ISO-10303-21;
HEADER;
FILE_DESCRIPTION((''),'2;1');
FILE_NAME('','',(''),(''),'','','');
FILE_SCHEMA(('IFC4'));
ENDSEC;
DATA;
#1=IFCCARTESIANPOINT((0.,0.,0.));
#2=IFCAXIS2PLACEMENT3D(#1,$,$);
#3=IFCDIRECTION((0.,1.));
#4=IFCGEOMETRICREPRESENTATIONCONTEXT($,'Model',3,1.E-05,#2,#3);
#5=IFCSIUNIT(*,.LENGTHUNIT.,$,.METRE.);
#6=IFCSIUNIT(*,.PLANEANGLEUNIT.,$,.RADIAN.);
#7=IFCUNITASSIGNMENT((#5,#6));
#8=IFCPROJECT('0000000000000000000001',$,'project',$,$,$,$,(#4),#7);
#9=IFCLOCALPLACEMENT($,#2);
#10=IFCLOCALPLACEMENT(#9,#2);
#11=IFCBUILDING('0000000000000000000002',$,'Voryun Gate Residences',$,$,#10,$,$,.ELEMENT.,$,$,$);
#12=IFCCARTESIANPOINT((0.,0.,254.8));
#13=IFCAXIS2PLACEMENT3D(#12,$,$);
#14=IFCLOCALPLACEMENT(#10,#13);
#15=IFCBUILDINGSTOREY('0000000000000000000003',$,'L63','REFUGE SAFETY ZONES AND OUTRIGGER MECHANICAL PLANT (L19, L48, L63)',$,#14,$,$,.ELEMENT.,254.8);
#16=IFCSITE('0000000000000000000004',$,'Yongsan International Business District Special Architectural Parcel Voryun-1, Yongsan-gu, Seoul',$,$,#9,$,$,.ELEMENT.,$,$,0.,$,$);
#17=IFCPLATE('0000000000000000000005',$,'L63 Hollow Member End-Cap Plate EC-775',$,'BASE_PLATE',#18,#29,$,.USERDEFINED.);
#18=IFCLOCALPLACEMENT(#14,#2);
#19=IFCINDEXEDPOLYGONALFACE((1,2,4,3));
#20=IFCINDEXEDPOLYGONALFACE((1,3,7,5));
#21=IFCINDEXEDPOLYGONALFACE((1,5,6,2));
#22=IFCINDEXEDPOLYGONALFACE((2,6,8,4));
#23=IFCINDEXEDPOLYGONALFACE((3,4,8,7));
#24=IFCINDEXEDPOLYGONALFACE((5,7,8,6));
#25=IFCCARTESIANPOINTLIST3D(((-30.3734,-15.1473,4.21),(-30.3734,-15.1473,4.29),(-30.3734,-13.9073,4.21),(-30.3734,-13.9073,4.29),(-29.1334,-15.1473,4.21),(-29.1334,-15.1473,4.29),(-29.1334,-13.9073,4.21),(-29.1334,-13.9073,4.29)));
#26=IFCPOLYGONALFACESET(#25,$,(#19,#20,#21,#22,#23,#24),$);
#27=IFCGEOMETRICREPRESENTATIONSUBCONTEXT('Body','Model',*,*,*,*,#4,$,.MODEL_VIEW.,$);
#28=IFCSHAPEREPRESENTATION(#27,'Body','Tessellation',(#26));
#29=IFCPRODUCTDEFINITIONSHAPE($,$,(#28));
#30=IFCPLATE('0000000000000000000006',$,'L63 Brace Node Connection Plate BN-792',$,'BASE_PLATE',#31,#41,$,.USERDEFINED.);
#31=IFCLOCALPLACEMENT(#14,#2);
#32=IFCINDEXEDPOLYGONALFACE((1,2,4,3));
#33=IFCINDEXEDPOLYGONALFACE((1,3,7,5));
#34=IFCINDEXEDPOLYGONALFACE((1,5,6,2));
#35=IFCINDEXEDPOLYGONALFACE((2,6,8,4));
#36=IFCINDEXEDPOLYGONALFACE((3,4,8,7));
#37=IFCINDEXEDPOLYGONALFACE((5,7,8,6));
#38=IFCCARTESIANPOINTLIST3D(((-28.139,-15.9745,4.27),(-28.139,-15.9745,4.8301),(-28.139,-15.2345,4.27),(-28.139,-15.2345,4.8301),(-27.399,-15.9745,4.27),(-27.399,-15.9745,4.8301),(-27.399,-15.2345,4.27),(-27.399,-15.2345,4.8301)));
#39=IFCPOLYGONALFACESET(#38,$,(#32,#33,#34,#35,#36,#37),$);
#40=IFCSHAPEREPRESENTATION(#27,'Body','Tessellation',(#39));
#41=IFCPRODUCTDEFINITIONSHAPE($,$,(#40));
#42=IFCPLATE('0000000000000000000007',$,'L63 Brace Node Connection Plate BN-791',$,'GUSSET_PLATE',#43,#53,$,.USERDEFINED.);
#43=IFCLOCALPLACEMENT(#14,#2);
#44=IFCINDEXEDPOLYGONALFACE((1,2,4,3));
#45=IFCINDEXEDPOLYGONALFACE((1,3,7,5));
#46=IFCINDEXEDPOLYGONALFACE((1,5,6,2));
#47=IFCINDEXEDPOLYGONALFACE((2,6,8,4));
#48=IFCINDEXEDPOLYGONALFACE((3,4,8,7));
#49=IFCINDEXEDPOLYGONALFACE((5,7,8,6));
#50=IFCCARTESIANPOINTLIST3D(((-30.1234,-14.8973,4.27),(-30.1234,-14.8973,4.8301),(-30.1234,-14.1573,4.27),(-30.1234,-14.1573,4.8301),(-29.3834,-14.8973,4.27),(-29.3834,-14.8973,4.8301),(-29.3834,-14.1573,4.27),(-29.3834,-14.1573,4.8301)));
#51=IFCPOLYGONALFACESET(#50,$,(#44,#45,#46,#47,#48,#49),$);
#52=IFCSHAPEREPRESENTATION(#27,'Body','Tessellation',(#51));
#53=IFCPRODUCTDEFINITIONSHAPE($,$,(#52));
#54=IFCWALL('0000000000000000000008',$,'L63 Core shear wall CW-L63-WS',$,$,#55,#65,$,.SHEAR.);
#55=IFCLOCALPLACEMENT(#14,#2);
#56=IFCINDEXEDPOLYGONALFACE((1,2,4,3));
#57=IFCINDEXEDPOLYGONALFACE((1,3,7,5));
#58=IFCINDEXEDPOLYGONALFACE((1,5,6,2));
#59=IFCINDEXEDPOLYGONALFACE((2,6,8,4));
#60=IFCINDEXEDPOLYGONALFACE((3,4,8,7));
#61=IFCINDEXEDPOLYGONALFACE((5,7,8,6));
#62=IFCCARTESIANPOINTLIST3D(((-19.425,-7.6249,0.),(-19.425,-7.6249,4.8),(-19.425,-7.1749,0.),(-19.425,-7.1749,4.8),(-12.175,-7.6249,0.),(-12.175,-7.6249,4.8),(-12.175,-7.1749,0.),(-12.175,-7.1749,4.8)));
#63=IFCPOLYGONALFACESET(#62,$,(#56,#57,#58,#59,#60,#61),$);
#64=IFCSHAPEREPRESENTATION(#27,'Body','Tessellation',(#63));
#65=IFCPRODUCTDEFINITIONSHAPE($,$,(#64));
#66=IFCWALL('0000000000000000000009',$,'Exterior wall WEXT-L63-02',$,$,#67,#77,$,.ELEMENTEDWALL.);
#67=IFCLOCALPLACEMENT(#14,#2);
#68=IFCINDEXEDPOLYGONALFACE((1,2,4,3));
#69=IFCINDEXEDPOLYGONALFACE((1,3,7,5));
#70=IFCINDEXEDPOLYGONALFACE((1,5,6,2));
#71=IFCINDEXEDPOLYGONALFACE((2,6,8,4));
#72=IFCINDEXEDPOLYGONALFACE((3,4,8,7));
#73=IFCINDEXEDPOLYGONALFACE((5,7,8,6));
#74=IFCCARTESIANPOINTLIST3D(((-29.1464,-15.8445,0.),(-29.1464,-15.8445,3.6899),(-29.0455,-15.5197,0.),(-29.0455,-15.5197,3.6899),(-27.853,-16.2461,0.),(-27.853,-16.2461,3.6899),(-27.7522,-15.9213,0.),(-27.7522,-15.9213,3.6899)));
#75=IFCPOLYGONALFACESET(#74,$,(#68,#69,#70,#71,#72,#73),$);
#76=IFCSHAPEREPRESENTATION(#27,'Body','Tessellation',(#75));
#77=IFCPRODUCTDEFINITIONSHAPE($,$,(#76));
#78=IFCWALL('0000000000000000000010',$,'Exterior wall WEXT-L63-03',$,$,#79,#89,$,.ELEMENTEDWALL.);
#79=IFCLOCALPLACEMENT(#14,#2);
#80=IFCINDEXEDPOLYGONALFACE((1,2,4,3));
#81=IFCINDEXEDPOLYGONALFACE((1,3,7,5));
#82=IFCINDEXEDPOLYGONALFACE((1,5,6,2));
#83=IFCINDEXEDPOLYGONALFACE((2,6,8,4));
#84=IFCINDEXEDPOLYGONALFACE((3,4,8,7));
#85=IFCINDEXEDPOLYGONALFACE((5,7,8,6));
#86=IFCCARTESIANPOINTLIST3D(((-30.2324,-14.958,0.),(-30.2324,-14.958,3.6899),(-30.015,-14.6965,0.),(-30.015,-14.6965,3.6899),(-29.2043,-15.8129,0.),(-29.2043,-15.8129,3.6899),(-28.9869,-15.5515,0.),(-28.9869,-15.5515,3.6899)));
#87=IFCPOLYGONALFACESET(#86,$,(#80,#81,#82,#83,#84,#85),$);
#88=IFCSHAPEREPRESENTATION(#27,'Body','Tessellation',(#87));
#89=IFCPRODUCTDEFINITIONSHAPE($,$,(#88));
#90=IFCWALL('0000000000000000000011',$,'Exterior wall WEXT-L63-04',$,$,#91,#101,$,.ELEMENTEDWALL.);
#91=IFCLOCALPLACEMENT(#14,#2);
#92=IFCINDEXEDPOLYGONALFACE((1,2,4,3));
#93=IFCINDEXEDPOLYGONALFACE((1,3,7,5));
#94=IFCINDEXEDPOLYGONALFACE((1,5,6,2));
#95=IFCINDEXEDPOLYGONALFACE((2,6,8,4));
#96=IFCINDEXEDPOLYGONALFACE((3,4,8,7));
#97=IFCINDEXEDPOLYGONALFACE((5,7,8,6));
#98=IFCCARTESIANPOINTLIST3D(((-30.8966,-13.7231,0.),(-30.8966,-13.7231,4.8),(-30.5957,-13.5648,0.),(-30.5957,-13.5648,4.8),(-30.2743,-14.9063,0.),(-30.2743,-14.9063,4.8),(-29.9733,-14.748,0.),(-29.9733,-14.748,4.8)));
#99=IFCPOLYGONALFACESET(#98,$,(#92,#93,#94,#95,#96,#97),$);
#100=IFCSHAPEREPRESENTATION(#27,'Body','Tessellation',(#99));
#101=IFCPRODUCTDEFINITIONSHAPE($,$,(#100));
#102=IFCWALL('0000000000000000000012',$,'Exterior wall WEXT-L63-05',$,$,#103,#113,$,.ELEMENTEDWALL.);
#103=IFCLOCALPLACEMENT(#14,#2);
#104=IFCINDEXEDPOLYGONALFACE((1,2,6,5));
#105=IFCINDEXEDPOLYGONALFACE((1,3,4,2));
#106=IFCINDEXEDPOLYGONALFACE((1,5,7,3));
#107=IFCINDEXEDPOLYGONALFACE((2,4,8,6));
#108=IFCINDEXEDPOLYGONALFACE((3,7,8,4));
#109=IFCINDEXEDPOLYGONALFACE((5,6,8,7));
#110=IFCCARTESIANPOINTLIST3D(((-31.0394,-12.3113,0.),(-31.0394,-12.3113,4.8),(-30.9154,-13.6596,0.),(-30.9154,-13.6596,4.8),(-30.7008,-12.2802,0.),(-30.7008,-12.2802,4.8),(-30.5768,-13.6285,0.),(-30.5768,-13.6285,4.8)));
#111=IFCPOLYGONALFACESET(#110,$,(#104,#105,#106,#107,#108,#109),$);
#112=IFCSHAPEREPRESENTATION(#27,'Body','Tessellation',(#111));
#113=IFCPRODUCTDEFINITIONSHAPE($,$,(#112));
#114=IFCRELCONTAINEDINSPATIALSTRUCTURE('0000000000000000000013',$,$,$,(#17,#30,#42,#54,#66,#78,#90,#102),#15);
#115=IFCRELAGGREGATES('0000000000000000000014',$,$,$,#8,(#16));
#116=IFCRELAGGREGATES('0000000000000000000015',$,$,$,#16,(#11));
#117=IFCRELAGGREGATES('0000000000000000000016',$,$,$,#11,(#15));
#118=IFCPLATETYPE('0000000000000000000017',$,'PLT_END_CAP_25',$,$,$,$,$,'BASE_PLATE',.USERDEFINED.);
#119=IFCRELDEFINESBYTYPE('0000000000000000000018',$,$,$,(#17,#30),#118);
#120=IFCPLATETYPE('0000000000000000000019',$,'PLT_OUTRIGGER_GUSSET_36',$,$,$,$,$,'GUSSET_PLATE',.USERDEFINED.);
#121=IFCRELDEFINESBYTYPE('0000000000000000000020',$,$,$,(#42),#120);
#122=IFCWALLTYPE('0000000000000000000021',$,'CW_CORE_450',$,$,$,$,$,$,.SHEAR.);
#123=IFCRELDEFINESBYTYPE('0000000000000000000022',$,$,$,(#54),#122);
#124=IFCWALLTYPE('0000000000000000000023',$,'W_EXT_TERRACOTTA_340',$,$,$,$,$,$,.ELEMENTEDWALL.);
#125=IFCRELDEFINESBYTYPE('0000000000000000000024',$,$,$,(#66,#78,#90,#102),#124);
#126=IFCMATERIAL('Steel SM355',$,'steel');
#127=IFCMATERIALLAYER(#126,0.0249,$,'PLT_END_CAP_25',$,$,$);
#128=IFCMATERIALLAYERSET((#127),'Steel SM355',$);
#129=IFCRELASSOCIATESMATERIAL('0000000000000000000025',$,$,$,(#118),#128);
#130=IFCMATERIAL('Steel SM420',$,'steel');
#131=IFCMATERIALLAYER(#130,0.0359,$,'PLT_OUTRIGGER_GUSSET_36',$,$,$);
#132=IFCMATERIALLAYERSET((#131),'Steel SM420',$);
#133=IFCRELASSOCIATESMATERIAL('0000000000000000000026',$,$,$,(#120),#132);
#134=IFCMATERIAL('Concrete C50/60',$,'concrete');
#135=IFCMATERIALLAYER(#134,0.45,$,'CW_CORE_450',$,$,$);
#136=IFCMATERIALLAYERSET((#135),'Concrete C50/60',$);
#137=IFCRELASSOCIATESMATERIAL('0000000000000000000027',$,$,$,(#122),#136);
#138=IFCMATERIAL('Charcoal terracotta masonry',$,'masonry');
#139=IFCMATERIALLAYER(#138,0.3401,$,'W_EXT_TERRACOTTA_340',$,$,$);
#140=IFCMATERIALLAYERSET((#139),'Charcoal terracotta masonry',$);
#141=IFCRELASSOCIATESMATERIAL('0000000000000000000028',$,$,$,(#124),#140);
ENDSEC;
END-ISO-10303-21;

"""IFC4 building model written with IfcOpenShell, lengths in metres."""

from ifc_helpers import new_model, si_unit, direction, frame, frame_2d, origin, origin_2d, place, context, subcontext, project, spatial, rectangle, extrude, material, layer, layer_set, type_object, element, save


model = new_model("IFC4")

# Units and contexts
model_context = context("Model", 3, precision=1e-05, world=origin(), true_north=direction((0.0, 1.0)))
body_context = subcontext(model_context, "Body", "Model", "MODEL_VIEW")
ifc_project = project(units=[si_unit("LENGTHUNIT", "METRE"), si_unit("PLANEANGLEUNIT", "RADIAN")], contexts=[model_context])

# Site, building, storey
site_placement = place(None, origin())
site = spatial("IfcSite", under=ifc_project, at=site_placement, Name="Yongsan International Business District Special Architectural Parcel Voryun-1, Yongsan-gu, Seoul", CompositionType="ELEMENT", RefElevation=0.0)
building_placement = place(site_placement, origin())
building = spatial("IfcBuilding", under=site, at=building_placement, Name="Voryun Gate Residences", CompositionType="ELEMENT")
storey_placement = place(building_placement, frame((0.0, 0.0, 254.8)))
storey = spatial("IfcBuildingStorey", under=building, at=storey_placement, Name="L63", Description="REFUGE SAFETY ZONES AND OUTRIGGER MECHANICAL PLANT (L19, L48, L63)", CompositionType="ELEMENT", Elevation=254.8)

# Plates
ifc_material_1 = material(Name="Steel SM355", Category="steel")
ifc_layer_1 = layer(ifc_material_1, 0.0249, Name="PLT_END_CAP_25")
ifc_layer_set_1 = layer_set([ifc_layer_1], Name="Steel SM355")
plate_type_1 = type_object("IfcPlateType", Name="PLT_END_CAP_25", ElementType="BASE_PLATE", PredefinedType="USERDEFINED", material=ifc_layer_set_1)
for number, where, z_axis, x_axis, name in (
    (1, (-29.7534, -14.5273, 4.21), (0.0, 0.0, 1.0), (1.0, 0.0, 0.0), "L63 Hollow Member End-Cap Plate EC-775"),
):
    element("IfcPlate", number, at=place(storey_placement, frame(where, z_axis=z_axis, x_axis=x_axis)), inside=storey, type_object=plate_type_1, Name=name, ObjectType="BASE_PLATE", PredefinedType="USERDEFINED", context=body_context, shape_type="SweptSolid", body=[
        extrude(rectangle(XDim=1.24, YDim=1.24, at=origin_2d()), origin(), (0.0, 0.0, 1.0), 0.0801),
    ])
plate_1_placement = place(storey_placement, frame((-27.769, -15.6045, 4.27), z_axis=(0.0, 0.0, 1.0), x_axis=(1.0, 0.0, 0.0)))
element("IfcPlate", 2, at=plate_1_placement, inside=storey, type_object=plate_type_1, Name="L63 Brace Node Connection Plate BN-792", ObjectType="BASE_PLATE", PredefinedType="USERDEFINED", context=body_context, shape_type="SweptSolid", body=[
    extrude(rectangle(XDim=0.74, YDim=0.74, at=origin_2d()), origin(), (0.0, 0.0, 1.0), 0.5601),
])
ifc_material_2 = material(Name="Steel SM420", Category="steel")
ifc_layer_2 = layer(ifc_material_2, 0.0359, Name="PLT_OUTRIGGER_GUSSET_36")
ifc_layer_set_2 = layer_set([ifc_layer_2], Name="Steel SM420")
plate_type_2 = type_object("IfcPlateType", Name="PLT_OUTRIGGER_GUSSET_36", ElementType="GUSSET_PLATE", PredefinedType="USERDEFINED", material=ifc_layer_set_2)
plate_2_placement = place(storey_placement, frame((-29.7534, -14.5273, 4.27), z_axis=(0.0, 0.0, 1.0), x_axis=(1.0, 0.0, 0.0)))
element("IfcPlate", 3, at=plate_2_placement, inside=storey, type_object=plate_type_2, Name="L63 Brace Node Connection Plate BN-791", ObjectType="GUSSET_PLATE", PredefinedType="USERDEFINED", context=body_context, shape_type="SweptSolid", body=[
    extrude(rectangle(XDim=0.74, YDim=0.74, at=origin_2d()), origin(), (0.0, 0.0, 1.0), 0.5601),
])

# Walls
ifc_material_3 = material(Name="Concrete C50/60", Category="concrete")
ifc_layer_3 = layer(ifc_material_3, 0.45, Name="CW_CORE_450")
ifc_layer_set_3 = layer_set([ifc_layer_3], Name="Concrete C50/60")
wall_type_1 = type_object("IfcWallType", Name="CW_CORE_450", PredefinedType="SHEAR", material=ifc_layer_set_3)
wall_1_placement = place(storey_placement, frame((-19.425, -7.3999, 0.0), z_axis=(0.0, 0.0, 1.0), x_axis=(1.0, 0.0, 0.0)))
element("IfcWall", 4, at=wall_1_placement, inside=storey, type_object=wall_type_1, Name="L63 Core shear wall CW-L63-WS", PredefinedType="SHEAR", context=body_context, shape_type="SweptSolid", body=[
    extrude(rectangle(XDim=7.25, YDim=0.45, at=frame_2d((3.625, 0.0))), origin(), (0.0, 0.0, 1.0), 4.8),
])
ifc_material_4 = material(Name="Charcoal terracotta masonry", Category="masonry")
ifc_layer_4 = layer(ifc_material_4, 0.3401, Name="W_EXT_TERRACOTTA_340")
ifc_layer_set_4 = layer_set([ifc_layer_4], Name="Charcoal terracotta masonry")
wall_type_2 = type_object("IfcWallType", Name="W_EXT_TERRACOTTA_340", PredefinedType="ELEMENTEDWALL", material=ifc_layer_set_4)
wall_2_placement = place(storey_placement, frame((-27.8025, -16.0837, 0.0), z_axis=(0.0, 0.0, 1.0), x_axis=(-0.955008, 0.296581, 0.0)))
element("IfcWall", 5, at=wall_2_placement, inside=storey, type_object=wall_type_2, Name="Exterior wall WEXT-L63-02", PredefinedType="ELEMENTEDWALL", context=body_context, shape_type="SweptSolid", body=[
    extrude(rectangle(XDim=1.3542, YDim=0.3401, at=frame_2d((0.6772, 0.0))), origin(), (0.0, 0.0, 1.0), 3.6899),
])
wall_3_placement = place(storey_placement, frame((-29.0957, -15.6821, 0.0), z_axis=(0.0, 0.0, 1.0), x_axis=(-0.768864, 0.639412, 0.0)))
element("IfcWall", 6, at=wall_3_placement, inside=storey, type_object=wall_type_2, Name="Exterior wall WEXT-L63-03", PredefinedType="ELEMENTEDWALL", context=body_context, shape_type="SweptSolid", body=[
    extrude(rectangle(XDim=1.3372, YDim=0.3401, at=frame_2d((0.6685, 0.0))), origin(), (0.0, 0.0, 1.0), 3.6899),
])
wall_4_placement = place(storey_placement, frame((-30.1238, -14.8271, 0.0), z_axis=(0.0, 0.0, 1.0), x_axis=(-0.465528, 0.885033, 0.0)))
element("IfcWall", 7, at=wall_4_placement, inside=storey, type_object=wall_type_2, Name="Exterior wall WEXT-L63-04", PredefinedType="ELEMENTEDWALL", context=body_context, shape_type="SweptSolid", body=[
    extrude(rectangle(XDim=1.3369, YDim=0.3401, at=frame_2d((0.6685, 0.0))), origin(), (0.0, 0.0, 1.0), 4.8),
])
wall_5_placement = place(storey_placement, frame((-30.7461, -13.644, 0.0), z_axis=(0.0, 0.0, 1.0), x_axis=(-0.091592, 0.995797, 0.0)))
element("IfcWall", 8, at=wall_5_placement, inside=storey, type_object=wall_type_2, Name="Exterior wall WEXT-L63-05", PredefinedType="ELEMENTEDWALL", context=body_context, shape_type="SweptSolid", body=[
    extrude(rectangle(XDim=1.354, YDim=0.3401, at=frame_2d((0.677, 0.0))), origin(), (0.0, 0.0, 1.0), 4.8),
])

save(model, "model.ifc")
